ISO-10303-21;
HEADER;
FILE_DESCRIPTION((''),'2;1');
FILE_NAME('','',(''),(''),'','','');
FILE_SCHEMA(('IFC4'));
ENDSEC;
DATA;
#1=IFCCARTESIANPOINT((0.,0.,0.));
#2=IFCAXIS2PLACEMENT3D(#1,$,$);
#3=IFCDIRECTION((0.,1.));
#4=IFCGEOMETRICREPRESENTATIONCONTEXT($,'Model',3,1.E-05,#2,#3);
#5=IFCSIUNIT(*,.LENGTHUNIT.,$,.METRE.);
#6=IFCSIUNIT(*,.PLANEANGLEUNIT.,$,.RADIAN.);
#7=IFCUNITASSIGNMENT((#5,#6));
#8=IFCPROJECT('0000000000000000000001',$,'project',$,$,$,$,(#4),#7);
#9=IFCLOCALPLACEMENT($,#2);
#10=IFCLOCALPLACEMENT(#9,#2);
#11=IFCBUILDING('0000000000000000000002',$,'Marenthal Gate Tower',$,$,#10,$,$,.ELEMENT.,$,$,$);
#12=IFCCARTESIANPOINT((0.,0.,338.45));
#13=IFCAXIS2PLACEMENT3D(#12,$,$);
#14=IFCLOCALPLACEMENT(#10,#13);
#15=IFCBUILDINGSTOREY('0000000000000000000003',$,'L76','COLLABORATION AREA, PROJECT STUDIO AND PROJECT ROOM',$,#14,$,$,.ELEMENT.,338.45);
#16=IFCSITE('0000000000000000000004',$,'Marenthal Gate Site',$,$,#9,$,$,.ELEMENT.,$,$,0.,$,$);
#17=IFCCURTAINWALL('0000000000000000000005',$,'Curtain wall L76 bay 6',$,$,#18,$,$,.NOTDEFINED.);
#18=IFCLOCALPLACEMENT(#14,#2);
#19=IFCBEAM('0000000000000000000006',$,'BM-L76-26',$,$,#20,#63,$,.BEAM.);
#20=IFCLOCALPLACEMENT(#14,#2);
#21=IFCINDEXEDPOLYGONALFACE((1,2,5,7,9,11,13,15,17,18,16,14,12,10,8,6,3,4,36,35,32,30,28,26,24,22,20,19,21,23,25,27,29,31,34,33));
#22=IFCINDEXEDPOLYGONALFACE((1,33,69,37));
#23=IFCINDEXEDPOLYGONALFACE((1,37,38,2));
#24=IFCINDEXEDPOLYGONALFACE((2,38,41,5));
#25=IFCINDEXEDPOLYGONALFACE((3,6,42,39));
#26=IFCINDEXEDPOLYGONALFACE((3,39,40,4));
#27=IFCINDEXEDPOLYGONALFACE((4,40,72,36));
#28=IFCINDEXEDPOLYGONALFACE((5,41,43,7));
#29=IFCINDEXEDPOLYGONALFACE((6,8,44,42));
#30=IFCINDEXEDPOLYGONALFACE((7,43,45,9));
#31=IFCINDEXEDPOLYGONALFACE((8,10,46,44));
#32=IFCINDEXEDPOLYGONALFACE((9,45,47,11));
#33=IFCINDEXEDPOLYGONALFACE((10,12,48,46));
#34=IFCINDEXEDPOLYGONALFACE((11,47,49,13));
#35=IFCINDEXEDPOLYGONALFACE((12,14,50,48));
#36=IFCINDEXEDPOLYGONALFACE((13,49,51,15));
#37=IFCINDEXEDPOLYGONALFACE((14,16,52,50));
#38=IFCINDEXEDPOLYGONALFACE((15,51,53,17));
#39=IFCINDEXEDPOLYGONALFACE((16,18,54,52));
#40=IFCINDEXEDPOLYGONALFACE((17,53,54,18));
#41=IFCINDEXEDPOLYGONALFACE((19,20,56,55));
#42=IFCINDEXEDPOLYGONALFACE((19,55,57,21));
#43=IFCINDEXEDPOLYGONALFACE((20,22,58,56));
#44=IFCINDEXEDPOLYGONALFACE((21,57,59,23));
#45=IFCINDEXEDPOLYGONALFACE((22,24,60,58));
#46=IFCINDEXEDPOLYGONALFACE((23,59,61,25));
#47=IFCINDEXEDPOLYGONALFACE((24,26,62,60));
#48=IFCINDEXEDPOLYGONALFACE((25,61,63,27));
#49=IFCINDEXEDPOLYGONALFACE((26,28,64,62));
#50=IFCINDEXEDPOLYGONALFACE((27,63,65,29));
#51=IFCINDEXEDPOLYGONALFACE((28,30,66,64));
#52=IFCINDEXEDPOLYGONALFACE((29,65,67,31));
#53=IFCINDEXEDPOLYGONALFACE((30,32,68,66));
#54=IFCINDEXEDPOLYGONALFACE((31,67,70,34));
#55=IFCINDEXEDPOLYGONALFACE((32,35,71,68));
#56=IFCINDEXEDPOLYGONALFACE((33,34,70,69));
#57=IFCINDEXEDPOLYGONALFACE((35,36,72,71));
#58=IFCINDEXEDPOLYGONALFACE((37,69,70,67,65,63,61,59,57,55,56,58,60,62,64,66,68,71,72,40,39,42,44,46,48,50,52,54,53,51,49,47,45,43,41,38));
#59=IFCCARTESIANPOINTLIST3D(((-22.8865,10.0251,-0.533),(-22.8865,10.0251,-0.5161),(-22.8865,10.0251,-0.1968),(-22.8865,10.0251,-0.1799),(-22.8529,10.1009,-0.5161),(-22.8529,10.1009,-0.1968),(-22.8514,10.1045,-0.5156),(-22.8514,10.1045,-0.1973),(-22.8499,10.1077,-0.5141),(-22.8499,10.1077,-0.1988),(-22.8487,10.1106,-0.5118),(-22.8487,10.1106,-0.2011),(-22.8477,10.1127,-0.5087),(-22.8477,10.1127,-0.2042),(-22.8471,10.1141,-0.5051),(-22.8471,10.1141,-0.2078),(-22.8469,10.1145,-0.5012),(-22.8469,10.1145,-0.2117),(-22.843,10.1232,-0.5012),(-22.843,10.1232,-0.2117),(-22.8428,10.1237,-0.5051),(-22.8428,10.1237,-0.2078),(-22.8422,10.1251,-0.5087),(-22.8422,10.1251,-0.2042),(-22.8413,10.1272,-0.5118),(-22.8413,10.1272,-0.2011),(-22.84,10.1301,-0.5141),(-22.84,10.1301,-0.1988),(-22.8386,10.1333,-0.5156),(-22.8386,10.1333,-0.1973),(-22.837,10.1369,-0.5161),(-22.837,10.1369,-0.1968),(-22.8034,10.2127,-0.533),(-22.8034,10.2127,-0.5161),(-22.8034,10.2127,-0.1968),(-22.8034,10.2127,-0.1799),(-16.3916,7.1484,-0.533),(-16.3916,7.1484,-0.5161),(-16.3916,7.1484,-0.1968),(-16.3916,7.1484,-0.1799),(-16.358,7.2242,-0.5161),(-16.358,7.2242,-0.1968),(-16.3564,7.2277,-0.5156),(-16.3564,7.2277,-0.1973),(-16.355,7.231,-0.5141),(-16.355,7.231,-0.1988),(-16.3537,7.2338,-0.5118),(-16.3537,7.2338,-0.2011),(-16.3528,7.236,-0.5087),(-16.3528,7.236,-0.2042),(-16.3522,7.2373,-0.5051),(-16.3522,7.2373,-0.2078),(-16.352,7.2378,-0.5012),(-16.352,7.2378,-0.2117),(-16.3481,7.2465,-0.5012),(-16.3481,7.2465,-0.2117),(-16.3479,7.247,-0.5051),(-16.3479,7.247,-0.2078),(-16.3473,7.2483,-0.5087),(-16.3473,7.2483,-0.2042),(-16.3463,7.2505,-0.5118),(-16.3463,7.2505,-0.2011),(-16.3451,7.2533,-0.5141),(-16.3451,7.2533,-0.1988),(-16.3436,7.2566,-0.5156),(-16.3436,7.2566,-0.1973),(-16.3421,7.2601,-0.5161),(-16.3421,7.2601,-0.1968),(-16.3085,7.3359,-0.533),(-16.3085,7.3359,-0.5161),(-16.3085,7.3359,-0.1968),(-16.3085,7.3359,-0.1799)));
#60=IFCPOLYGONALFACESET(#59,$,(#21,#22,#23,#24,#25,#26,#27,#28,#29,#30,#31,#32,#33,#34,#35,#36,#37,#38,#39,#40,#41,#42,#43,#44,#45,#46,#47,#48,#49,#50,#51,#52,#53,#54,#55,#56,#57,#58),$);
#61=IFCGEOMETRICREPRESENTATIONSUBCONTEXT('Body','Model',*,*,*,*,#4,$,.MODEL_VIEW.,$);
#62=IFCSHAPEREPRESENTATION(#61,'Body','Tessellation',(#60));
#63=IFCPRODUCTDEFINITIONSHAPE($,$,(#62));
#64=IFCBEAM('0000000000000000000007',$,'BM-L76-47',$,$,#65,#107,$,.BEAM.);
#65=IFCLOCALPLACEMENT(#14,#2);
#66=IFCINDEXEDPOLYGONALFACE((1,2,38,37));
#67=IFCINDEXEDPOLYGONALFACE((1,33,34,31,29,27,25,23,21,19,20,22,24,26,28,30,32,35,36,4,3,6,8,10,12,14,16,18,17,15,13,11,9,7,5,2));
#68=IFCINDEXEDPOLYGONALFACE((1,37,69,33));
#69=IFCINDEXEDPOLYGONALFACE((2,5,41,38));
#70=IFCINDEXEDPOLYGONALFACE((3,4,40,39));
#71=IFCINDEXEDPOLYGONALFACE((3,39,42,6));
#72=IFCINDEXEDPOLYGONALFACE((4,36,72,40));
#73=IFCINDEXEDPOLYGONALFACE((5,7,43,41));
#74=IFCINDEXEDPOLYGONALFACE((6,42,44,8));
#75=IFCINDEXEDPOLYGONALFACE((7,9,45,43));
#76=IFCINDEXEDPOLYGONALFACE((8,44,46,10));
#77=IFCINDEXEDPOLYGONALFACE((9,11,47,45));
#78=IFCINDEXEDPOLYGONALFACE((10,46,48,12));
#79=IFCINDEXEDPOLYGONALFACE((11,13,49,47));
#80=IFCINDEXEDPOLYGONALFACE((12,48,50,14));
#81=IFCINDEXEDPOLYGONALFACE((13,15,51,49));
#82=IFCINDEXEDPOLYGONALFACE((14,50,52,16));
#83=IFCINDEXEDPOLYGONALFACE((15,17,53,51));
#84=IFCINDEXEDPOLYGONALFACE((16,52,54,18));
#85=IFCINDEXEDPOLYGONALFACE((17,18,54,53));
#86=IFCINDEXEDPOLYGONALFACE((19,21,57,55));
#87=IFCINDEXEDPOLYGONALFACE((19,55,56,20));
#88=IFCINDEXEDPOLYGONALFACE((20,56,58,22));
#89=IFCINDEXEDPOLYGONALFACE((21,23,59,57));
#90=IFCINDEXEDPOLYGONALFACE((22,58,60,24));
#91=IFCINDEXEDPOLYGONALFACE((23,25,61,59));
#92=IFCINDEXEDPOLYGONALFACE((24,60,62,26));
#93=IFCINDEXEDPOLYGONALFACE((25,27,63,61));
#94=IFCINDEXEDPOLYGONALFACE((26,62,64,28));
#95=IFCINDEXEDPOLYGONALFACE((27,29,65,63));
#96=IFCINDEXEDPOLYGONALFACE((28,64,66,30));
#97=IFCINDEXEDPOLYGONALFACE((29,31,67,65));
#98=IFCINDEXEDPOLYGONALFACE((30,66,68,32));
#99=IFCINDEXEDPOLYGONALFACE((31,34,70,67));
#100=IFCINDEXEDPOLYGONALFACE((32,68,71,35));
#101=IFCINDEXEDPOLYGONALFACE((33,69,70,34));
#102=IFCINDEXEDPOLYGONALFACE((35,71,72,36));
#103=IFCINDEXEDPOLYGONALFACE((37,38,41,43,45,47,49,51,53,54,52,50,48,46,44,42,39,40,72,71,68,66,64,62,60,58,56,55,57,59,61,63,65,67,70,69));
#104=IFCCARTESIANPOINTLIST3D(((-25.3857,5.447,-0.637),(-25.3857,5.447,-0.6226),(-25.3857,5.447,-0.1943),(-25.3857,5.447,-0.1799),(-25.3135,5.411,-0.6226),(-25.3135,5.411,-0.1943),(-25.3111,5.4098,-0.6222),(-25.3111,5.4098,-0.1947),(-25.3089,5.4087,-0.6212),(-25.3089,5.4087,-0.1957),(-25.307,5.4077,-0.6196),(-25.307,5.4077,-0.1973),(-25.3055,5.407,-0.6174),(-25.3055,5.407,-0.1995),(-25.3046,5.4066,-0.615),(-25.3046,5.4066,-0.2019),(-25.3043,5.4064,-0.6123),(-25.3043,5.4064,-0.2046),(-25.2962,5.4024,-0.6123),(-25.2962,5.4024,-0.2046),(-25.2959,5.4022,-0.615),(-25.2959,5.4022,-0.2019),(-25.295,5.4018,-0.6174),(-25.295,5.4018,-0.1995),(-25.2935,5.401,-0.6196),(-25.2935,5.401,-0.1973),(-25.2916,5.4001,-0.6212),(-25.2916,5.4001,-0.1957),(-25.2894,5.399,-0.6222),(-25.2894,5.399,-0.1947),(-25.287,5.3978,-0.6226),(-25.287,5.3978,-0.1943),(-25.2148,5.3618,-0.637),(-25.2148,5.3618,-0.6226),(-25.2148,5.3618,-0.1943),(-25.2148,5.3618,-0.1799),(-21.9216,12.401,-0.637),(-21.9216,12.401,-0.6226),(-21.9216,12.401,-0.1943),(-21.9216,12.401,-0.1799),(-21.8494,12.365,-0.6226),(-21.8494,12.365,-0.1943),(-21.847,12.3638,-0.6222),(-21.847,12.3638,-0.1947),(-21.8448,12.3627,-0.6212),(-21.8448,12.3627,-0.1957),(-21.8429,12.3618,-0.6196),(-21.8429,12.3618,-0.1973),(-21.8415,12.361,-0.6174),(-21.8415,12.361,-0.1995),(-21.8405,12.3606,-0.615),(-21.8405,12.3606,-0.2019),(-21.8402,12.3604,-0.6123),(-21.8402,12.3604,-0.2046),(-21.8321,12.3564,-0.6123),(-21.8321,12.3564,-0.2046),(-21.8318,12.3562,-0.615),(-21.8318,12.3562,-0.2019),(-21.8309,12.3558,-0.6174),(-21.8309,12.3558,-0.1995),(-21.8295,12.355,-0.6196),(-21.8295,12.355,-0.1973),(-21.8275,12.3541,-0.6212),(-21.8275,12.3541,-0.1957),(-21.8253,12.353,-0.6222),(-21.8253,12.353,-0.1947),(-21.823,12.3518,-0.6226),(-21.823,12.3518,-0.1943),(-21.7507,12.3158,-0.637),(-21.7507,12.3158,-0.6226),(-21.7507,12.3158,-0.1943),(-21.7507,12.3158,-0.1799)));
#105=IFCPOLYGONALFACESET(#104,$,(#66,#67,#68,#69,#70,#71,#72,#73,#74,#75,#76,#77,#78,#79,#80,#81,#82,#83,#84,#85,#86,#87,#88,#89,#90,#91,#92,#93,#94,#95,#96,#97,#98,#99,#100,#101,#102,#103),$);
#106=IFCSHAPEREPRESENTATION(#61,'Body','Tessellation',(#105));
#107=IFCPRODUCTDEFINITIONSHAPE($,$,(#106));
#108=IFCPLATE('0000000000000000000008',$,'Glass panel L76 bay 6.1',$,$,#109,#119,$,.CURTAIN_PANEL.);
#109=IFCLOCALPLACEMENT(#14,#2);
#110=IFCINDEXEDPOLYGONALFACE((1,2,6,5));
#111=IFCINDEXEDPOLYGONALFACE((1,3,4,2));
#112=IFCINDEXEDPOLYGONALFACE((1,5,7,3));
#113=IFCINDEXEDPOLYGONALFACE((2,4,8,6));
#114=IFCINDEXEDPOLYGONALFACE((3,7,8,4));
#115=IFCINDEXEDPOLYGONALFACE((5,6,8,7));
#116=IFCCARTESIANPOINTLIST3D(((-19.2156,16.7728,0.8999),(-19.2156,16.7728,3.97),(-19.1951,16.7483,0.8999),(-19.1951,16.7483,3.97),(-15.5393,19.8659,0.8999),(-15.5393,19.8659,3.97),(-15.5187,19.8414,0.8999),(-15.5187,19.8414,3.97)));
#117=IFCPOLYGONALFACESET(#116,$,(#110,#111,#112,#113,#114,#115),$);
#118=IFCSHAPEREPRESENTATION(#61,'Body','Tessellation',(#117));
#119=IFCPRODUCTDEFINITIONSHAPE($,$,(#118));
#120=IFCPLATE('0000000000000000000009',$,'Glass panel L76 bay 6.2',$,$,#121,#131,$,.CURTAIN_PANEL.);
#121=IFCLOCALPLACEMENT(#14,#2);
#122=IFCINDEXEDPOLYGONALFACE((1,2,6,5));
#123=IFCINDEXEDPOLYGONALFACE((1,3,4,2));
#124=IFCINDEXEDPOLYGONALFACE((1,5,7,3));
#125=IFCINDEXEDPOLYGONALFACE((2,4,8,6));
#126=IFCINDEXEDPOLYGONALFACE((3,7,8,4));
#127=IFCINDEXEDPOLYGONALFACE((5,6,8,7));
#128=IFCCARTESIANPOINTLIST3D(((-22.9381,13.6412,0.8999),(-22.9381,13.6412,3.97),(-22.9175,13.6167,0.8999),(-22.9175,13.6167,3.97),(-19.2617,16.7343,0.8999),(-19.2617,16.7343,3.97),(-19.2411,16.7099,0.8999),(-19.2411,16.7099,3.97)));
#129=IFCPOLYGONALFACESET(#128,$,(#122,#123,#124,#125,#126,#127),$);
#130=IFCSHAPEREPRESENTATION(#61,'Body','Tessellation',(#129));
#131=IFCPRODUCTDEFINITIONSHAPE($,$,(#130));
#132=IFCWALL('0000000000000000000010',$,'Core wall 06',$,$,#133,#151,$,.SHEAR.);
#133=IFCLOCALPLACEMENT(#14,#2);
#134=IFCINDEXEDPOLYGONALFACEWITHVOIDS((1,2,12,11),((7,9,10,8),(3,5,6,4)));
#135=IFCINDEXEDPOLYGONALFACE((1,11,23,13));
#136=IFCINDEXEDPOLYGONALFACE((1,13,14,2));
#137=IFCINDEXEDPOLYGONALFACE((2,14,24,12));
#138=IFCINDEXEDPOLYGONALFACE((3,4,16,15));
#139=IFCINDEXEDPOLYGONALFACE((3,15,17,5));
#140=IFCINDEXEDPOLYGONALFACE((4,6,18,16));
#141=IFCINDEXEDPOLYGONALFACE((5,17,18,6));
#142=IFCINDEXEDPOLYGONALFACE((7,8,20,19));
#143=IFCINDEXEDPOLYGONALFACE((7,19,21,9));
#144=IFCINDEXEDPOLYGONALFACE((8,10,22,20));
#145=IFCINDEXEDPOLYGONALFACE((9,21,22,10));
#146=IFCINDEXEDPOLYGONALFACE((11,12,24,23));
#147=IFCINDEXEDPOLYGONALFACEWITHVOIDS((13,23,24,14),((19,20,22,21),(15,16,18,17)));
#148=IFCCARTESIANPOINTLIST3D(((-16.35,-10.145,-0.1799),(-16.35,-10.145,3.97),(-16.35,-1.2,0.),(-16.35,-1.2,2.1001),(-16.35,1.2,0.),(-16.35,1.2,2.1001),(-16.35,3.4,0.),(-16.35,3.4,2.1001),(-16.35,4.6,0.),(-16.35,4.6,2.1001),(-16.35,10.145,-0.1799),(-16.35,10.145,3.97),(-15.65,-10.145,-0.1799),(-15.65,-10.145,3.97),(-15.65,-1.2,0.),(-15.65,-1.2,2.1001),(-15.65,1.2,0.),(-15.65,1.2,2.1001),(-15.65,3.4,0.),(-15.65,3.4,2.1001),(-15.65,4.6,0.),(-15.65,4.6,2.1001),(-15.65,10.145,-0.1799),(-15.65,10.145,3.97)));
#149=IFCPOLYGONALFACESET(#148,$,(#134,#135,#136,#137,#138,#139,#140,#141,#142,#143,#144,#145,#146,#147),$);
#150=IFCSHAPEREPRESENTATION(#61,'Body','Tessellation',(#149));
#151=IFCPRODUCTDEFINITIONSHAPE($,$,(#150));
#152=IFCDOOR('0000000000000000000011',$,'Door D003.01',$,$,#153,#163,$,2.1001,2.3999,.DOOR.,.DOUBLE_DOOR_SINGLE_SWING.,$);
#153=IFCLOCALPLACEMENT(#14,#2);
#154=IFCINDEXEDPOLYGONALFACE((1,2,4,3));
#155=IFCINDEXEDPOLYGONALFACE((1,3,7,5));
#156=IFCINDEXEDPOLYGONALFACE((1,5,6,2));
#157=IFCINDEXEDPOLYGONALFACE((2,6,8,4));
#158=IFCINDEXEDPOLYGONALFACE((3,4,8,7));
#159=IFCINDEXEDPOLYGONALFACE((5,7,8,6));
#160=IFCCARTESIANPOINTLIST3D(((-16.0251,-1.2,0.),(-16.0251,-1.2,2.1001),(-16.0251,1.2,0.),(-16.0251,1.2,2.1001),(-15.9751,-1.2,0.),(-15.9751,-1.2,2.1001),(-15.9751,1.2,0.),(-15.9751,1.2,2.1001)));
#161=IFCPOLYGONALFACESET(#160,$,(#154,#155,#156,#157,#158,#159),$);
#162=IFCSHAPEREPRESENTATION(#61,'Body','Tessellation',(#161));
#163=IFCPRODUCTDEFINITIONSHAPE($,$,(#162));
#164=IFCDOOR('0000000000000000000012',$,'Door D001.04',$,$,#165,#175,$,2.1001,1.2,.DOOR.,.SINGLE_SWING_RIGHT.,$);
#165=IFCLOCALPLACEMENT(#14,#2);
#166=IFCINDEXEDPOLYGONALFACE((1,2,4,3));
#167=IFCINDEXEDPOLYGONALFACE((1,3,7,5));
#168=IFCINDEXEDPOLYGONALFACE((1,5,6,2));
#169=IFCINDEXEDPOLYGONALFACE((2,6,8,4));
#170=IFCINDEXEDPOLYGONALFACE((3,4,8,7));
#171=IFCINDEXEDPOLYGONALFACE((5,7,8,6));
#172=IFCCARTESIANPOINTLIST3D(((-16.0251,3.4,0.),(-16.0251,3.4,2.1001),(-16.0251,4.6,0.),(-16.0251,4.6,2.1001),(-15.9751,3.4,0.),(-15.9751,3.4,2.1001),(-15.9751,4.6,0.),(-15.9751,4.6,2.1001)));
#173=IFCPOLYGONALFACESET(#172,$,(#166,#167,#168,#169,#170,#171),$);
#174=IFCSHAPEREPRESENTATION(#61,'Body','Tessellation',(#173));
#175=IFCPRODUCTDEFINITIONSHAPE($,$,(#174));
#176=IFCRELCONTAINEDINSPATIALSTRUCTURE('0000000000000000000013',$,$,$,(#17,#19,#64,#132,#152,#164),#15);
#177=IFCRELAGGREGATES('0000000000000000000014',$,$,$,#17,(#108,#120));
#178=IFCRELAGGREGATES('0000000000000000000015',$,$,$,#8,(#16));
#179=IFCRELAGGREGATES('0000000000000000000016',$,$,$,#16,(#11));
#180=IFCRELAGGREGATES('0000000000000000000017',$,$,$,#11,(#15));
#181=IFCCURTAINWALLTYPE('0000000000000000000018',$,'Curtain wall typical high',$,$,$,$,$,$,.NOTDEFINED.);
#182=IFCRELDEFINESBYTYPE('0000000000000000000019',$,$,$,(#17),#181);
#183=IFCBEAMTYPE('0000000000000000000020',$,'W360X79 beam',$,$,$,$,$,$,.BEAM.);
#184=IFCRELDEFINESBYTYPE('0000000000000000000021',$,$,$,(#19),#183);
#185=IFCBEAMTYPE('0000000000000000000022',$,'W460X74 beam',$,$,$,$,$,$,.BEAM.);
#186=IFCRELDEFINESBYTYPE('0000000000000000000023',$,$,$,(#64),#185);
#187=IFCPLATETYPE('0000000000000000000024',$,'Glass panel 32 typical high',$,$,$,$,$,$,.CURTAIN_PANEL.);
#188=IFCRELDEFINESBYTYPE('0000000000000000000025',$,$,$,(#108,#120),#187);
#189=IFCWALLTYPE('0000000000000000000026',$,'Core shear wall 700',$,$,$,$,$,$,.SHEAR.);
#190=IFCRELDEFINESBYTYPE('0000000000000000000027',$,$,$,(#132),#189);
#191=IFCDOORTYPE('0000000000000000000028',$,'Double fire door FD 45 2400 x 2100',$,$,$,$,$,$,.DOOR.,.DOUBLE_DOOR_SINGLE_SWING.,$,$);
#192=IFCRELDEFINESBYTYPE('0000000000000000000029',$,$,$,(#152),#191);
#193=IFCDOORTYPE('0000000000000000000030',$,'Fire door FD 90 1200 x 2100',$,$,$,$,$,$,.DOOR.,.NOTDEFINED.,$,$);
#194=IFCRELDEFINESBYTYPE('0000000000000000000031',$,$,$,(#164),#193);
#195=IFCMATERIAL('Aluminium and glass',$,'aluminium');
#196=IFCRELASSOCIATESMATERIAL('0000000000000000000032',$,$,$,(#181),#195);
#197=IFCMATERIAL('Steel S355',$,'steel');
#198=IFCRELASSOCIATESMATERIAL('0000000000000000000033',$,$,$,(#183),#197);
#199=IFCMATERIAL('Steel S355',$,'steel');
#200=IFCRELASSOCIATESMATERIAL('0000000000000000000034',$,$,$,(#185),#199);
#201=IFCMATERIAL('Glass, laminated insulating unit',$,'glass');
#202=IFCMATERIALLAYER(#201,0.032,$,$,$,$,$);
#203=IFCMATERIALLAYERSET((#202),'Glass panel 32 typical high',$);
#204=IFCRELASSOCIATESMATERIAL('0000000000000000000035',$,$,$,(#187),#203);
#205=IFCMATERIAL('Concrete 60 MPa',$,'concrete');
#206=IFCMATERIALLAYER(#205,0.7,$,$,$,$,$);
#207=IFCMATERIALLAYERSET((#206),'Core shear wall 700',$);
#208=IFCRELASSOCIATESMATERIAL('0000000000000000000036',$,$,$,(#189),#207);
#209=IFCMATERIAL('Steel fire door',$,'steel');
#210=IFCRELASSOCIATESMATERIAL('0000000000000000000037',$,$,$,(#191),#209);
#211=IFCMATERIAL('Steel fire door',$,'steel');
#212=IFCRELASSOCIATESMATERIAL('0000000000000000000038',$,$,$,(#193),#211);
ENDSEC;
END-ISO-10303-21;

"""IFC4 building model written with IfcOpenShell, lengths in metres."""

from ifc_helpers import new_model, si_unit, direction, frame, frame_2d, origin, origin_2d, place, context, subcontext, project, spatial, rectangle, i_section, extrude, material, layer, layer_set, material_profile, profile_set, type_object, element, fill, aggregate, save


model = new_model("IFC4")

# Units and contexts
model_context = context("Model", 3, precision=1e-05, world=origin(), true_north=direction((0.0, 1.0)))
body_context = subcontext(model_context, "Body", "Model", "MODEL_VIEW")
ifc_project = project(units=[si_unit("LENGTHUNIT", "METRE"), si_unit("PLANEANGLEUNIT", "RADIAN")], contexts=[model_context])

# Site, building, storey
site_placement = place(None, origin())
site = spatial("IfcSite", under=ifc_project, at=site_placement, Name="Marenthal Gate Site", CompositionType="ELEMENT", RefElevation=0.0)
building_placement = place(site_placement, origin())
building = spatial("IfcBuilding", under=site, at=building_placement, Name="Marenthal Gate Tower", CompositionType="ELEMENT")
storey_placement = place(building_placement, frame((0.0, 0.0, 338.45)))
storey = spatial("IfcBuildingStorey", under=building, at=storey_placement, Name="L76", Description="COLLABORATION AREA, PROJECT STUDIO AND PROJECT ROOM", CompositionType="ELEMENT", Elevation=338.45)

# Curtain wall
ifc_material_1 = material(Name="Aluminium and glass", Category="aluminium")
curtain_wall_type = type_object("IfcCurtainWallType", Name="Curtain wall typical high", PredefinedType="NOTDEFINED", material=ifc_material_1)
curtain_wall_placement = place(storey_placement, origin())
curtain_wall = element("IfcCurtainWall", 1, at=curtain_wall_placement, inside=storey, type_object=curtain_wall_type, Name="Curtain wall L76 bay 6", PredefinedType="NOTDEFINED")

# Beams
ifc_material_2 = material(Name="Steel S355", Category="steel")
ifc_material_profile_1 = material_profile(ifc_material_2, i_section(OverallWidth=0.2051, OverallDepth=0.353, WebThickness=0.0095, FlangeThickness=0.0168, FilletRadius=0.0149, at=origin_2d()), Name="W360X79")
ifc_profile_set_1 = profile_set([ifc_material_profile_1], Name="Steel S355")
beam_type_1 = type_object("IfcBeamType", Name="W360X79 beam", PredefinedType="BEAM", material=ifc_profile_set_1)
beam_1_placement = place(storey_placement, frame((-22.845, 10.1189, -0.3564), z_axis=(0.914328, -0.404974, 0.0), x_axis=(0.404974, 0.914328, 0.0)))
element("IfcBeam", 2, at=beam_1_placement, inside=storey, type_object=beam_type_1, Name="BM-L76-26", PredefinedType="BEAM", context=body_context, shape_type="SweptSolid", body=[
    extrude(i_section(OverallWidth=0.2051, OverallDepth=0.353, WebThickness=0.0095, FlangeThickness=0.0168, FilletRadius=0.0149, at=origin_2d()), origin(), (0.0, 0.0, 1.0), 7.1035),
])
ifc_material_3 = material(Name="Steel S355", Category="steel")
ifc_material_profile_2 = material_profile(ifc_material_3, i_section(OverallWidth=0.1909, OverallDepth=0.457, WebThickness=0.009, FlangeThickness=0.0144, FilletRadius=0.0103, at=origin_2d()), Name="W460X74")
ifc_profile_set_2 = profile_set([ifc_material_profile_2], Name="Steel S355")
beam_type_2 = type_object("IfcBeamType", Name="W460X74 beam", PredefinedType="BEAM", material=ifc_profile_set_2)
beam_2_placement = place(storey_placement, frame((-21.8362, 12.3584, -0.4084), z_axis=(-0.445881, -0.895092, 0.0), x_axis=(0.895092, -0.445881, 0.0)))
element("IfcBeam", 3, at=beam_2_placement, inside=storey, type_object=beam_type_2, Name="BM-L76-47", PredefinedType="BEAM", context=body_context, shape_type="SweptSolid", body=[
    extrude(i_section(OverallWidth=0.1909, OverallDepth=0.457, WebThickness=0.009, FlangeThickness=0.0144, FilletRadius=0.0103, at=origin_2d()), origin(), (0.0, 0.0, 1.0), 7.769),
])

# Plates
ifc_material_4 = material(Name="Glass, laminated insulating unit", Category="glass")
ifc_layer_1 = layer(ifc_material_4, 0.032)
ifc_layer_set_1 = layer_set([ifc_layer_1], Name="Glass panel 32 typical high")
plate_type = type_object("IfcPlateType", Name="Glass panel 32 typical high", PredefinedType="CURTAIN_PANEL", material=ifc_layer_set_1)
plate_1_placement = place(storey_placement, frame((-17.3672, 18.3071, 0.8999), z_axis=(0.0, 0.0, 1.0), x_axis=(-0.765193, -0.643801, 0.0)))
plate_1 = element("IfcPlate", 4, at=plate_1_placement, type_object=plate_type, Name="Glass panel L76 bay 6.1", PredefinedType="CURTAIN_PANEL", context=body_context, shape_type="SweptSolid", body=[
    extrude(rectangle(XDim=4.8044, YDim=0.032, at=origin_2d()), origin(), (0.0, 0.0, 1.0), 3.0701),
])
plate_2_placement = place(storey_placement, frame((-21.0896, 15.1755, 0.8999), z_axis=(0.0, 0.0, 1.0), x_axis=(-0.765193, -0.643801, 0.0)))
plate_2 = element("IfcPlate", 5, at=plate_2_placement, type_object=plate_type, Name="Glass panel L76 bay 6.2", PredefinedType="CURTAIN_PANEL", context=body_context, shape_type="SweptSolid", body=[
    extrude(rectangle(XDim=4.8044, YDim=0.032, at=origin_2d()), origin(), (0.0, 0.0, 1.0), 3.0701),
])
aggregate(curtain_wall, [plate_1, plate_2])

# Wall, openings, doors
ifc_material_5 = material(Name="Concrete 60 MPa", Category="concrete")
ifc_layer_2 = layer(ifc_material_5, 0.7)
ifc_layer_set_2 = layer_set([ifc_layer_2], Name="Core shear wall 700")
wall_type_1 = type_object("IfcWallType", Name="Core shear wall 700", PredefinedType="SHEAR", material=ifc_layer_set_2)
wall_1_placement = place(storey_placement, frame((-16.0, 10.145, -0.1799), z_axis=(0.0, 0.0, 1.0), x_axis=(0.0, -1.0, 0.0)))
wall_1 = element("IfcWall", 6, at=wall_1_placement, inside=storey, type_object=wall_type_1, Name="Core wall 06", PredefinedType="SHEAR", context=body_context, shape_type="SweptSolid", body=[
    extrude(rectangle(XDim=20.29, YDim=0.7, at=frame_2d((10.145, 0.0))), origin(), (0.0, 0.0, 1.0), 4.1499),
])
opening_1_placement = place(wall_1_placement, frame((8.9451, 0.0, 0.1799)))
opening_1 = element("IfcOpeningElement", 7, at=opening_1_placement, cuts=wall_1, PredefinedType="OPENING", context=body_context, shape_type="SweptSolid", body=[
    extrude(rectangle(XDim=2.3999, YDim=2.1001, at=frame_2d((1.2, 1.05))), frame((0.0, 0.3599, 0.0), z_axis=(0.0, -1.0, 0.0), x_axis=(1.0, 0.0, 0.0)), (0.0, 0.0, 1.0), 0.72),
])
opening_2_placement = place(wall_1_placement, frame((5.5449, 0.0, 0.1799)))
opening_2 = element("IfcOpeningElement", 8, at=opening_2_placement, cuts=wall_1, PredefinedType="OPENING", context=body_context, shape_type="SweptSolid", body=[
    extrude(rectangle(XDim=1.2, YDim=2.1001, at=frame_2d((0.6001, 1.05))), frame((0.0, 0.3599, 0.0), z_axis=(0.0, -1.0, 0.0), x_axis=(1.0, 0.0, 0.0)), (0.0, 0.0, 1.0), 0.72),
])
ifc_material_6 = material(Name="Steel fire door", Category="steel")
door_type_1 = type_object("IfcDoorType", Name="Double fire door FD 45 2400 x 2100", OperationType="DOUBLE_DOOR_SINGLE_SWING", PredefinedType="DOOR", material=ifc_material_6)
door_1_placement = place(opening_1_placement, origin())
door_1 = element("IfcDoor", 9, at=door_1_placement, inside=storey, type_object=door_type_1, Name="Door D003.01", OperationType="DOUBLE_DOOR_SINGLE_SWING", OverallHeight=2.1001, OverallWidth=2.3999, PredefinedType="DOOR", context=body_context, shape_type="SweptSolid", body=[
    extrude(rectangle(XDim=2.3999, YDim=2.1001, at=frame_2d((1.2, 1.05))), frame((0.0, 0.0249, 0.0), z_axis=(0.0, -1.0, 0.0), x_axis=(1.0, 0.0, 0.0)), (0.0, 0.0, 1.0), 0.05),
])
fill(opening_1, door_1)
ifc_material_7 = material(Name="Steel fire door", Category="steel")
door_type_2 = type_object("IfcDoorType", Name="Fire door FD 90 1200 x 2100", OperationType="NOTDEFINED", PredefinedType="DOOR", material=ifc_material_7)
door_2_placement = place(opening_2_placement, origin())
door_2 = element("IfcDoor", 10, at=door_2_placement, inside=storey, type_object=door_type_2, Name="Door D001.04", OperationType="SINGLE_SWING_RIGHT", OverallHeight=2.1001, OverallWidth=1.2, PredefinedType="DOOR", context=body_context, shape_type="SweptSolid", body=[
    extrude(rectangle(XDim=1.2, YDim=2.1001, at=frame_2d((0.6001, 1.05))), frame((0.0, 0.0249, 0.0), z_axis=(0.0, -1.0, 0.0), x_axis=(1.0, 0.0, 0.0)), (0.0, 0.0, 1.0), 0.05),
])
fill(opening_2, door_2)

save(model, "model.ifc")
